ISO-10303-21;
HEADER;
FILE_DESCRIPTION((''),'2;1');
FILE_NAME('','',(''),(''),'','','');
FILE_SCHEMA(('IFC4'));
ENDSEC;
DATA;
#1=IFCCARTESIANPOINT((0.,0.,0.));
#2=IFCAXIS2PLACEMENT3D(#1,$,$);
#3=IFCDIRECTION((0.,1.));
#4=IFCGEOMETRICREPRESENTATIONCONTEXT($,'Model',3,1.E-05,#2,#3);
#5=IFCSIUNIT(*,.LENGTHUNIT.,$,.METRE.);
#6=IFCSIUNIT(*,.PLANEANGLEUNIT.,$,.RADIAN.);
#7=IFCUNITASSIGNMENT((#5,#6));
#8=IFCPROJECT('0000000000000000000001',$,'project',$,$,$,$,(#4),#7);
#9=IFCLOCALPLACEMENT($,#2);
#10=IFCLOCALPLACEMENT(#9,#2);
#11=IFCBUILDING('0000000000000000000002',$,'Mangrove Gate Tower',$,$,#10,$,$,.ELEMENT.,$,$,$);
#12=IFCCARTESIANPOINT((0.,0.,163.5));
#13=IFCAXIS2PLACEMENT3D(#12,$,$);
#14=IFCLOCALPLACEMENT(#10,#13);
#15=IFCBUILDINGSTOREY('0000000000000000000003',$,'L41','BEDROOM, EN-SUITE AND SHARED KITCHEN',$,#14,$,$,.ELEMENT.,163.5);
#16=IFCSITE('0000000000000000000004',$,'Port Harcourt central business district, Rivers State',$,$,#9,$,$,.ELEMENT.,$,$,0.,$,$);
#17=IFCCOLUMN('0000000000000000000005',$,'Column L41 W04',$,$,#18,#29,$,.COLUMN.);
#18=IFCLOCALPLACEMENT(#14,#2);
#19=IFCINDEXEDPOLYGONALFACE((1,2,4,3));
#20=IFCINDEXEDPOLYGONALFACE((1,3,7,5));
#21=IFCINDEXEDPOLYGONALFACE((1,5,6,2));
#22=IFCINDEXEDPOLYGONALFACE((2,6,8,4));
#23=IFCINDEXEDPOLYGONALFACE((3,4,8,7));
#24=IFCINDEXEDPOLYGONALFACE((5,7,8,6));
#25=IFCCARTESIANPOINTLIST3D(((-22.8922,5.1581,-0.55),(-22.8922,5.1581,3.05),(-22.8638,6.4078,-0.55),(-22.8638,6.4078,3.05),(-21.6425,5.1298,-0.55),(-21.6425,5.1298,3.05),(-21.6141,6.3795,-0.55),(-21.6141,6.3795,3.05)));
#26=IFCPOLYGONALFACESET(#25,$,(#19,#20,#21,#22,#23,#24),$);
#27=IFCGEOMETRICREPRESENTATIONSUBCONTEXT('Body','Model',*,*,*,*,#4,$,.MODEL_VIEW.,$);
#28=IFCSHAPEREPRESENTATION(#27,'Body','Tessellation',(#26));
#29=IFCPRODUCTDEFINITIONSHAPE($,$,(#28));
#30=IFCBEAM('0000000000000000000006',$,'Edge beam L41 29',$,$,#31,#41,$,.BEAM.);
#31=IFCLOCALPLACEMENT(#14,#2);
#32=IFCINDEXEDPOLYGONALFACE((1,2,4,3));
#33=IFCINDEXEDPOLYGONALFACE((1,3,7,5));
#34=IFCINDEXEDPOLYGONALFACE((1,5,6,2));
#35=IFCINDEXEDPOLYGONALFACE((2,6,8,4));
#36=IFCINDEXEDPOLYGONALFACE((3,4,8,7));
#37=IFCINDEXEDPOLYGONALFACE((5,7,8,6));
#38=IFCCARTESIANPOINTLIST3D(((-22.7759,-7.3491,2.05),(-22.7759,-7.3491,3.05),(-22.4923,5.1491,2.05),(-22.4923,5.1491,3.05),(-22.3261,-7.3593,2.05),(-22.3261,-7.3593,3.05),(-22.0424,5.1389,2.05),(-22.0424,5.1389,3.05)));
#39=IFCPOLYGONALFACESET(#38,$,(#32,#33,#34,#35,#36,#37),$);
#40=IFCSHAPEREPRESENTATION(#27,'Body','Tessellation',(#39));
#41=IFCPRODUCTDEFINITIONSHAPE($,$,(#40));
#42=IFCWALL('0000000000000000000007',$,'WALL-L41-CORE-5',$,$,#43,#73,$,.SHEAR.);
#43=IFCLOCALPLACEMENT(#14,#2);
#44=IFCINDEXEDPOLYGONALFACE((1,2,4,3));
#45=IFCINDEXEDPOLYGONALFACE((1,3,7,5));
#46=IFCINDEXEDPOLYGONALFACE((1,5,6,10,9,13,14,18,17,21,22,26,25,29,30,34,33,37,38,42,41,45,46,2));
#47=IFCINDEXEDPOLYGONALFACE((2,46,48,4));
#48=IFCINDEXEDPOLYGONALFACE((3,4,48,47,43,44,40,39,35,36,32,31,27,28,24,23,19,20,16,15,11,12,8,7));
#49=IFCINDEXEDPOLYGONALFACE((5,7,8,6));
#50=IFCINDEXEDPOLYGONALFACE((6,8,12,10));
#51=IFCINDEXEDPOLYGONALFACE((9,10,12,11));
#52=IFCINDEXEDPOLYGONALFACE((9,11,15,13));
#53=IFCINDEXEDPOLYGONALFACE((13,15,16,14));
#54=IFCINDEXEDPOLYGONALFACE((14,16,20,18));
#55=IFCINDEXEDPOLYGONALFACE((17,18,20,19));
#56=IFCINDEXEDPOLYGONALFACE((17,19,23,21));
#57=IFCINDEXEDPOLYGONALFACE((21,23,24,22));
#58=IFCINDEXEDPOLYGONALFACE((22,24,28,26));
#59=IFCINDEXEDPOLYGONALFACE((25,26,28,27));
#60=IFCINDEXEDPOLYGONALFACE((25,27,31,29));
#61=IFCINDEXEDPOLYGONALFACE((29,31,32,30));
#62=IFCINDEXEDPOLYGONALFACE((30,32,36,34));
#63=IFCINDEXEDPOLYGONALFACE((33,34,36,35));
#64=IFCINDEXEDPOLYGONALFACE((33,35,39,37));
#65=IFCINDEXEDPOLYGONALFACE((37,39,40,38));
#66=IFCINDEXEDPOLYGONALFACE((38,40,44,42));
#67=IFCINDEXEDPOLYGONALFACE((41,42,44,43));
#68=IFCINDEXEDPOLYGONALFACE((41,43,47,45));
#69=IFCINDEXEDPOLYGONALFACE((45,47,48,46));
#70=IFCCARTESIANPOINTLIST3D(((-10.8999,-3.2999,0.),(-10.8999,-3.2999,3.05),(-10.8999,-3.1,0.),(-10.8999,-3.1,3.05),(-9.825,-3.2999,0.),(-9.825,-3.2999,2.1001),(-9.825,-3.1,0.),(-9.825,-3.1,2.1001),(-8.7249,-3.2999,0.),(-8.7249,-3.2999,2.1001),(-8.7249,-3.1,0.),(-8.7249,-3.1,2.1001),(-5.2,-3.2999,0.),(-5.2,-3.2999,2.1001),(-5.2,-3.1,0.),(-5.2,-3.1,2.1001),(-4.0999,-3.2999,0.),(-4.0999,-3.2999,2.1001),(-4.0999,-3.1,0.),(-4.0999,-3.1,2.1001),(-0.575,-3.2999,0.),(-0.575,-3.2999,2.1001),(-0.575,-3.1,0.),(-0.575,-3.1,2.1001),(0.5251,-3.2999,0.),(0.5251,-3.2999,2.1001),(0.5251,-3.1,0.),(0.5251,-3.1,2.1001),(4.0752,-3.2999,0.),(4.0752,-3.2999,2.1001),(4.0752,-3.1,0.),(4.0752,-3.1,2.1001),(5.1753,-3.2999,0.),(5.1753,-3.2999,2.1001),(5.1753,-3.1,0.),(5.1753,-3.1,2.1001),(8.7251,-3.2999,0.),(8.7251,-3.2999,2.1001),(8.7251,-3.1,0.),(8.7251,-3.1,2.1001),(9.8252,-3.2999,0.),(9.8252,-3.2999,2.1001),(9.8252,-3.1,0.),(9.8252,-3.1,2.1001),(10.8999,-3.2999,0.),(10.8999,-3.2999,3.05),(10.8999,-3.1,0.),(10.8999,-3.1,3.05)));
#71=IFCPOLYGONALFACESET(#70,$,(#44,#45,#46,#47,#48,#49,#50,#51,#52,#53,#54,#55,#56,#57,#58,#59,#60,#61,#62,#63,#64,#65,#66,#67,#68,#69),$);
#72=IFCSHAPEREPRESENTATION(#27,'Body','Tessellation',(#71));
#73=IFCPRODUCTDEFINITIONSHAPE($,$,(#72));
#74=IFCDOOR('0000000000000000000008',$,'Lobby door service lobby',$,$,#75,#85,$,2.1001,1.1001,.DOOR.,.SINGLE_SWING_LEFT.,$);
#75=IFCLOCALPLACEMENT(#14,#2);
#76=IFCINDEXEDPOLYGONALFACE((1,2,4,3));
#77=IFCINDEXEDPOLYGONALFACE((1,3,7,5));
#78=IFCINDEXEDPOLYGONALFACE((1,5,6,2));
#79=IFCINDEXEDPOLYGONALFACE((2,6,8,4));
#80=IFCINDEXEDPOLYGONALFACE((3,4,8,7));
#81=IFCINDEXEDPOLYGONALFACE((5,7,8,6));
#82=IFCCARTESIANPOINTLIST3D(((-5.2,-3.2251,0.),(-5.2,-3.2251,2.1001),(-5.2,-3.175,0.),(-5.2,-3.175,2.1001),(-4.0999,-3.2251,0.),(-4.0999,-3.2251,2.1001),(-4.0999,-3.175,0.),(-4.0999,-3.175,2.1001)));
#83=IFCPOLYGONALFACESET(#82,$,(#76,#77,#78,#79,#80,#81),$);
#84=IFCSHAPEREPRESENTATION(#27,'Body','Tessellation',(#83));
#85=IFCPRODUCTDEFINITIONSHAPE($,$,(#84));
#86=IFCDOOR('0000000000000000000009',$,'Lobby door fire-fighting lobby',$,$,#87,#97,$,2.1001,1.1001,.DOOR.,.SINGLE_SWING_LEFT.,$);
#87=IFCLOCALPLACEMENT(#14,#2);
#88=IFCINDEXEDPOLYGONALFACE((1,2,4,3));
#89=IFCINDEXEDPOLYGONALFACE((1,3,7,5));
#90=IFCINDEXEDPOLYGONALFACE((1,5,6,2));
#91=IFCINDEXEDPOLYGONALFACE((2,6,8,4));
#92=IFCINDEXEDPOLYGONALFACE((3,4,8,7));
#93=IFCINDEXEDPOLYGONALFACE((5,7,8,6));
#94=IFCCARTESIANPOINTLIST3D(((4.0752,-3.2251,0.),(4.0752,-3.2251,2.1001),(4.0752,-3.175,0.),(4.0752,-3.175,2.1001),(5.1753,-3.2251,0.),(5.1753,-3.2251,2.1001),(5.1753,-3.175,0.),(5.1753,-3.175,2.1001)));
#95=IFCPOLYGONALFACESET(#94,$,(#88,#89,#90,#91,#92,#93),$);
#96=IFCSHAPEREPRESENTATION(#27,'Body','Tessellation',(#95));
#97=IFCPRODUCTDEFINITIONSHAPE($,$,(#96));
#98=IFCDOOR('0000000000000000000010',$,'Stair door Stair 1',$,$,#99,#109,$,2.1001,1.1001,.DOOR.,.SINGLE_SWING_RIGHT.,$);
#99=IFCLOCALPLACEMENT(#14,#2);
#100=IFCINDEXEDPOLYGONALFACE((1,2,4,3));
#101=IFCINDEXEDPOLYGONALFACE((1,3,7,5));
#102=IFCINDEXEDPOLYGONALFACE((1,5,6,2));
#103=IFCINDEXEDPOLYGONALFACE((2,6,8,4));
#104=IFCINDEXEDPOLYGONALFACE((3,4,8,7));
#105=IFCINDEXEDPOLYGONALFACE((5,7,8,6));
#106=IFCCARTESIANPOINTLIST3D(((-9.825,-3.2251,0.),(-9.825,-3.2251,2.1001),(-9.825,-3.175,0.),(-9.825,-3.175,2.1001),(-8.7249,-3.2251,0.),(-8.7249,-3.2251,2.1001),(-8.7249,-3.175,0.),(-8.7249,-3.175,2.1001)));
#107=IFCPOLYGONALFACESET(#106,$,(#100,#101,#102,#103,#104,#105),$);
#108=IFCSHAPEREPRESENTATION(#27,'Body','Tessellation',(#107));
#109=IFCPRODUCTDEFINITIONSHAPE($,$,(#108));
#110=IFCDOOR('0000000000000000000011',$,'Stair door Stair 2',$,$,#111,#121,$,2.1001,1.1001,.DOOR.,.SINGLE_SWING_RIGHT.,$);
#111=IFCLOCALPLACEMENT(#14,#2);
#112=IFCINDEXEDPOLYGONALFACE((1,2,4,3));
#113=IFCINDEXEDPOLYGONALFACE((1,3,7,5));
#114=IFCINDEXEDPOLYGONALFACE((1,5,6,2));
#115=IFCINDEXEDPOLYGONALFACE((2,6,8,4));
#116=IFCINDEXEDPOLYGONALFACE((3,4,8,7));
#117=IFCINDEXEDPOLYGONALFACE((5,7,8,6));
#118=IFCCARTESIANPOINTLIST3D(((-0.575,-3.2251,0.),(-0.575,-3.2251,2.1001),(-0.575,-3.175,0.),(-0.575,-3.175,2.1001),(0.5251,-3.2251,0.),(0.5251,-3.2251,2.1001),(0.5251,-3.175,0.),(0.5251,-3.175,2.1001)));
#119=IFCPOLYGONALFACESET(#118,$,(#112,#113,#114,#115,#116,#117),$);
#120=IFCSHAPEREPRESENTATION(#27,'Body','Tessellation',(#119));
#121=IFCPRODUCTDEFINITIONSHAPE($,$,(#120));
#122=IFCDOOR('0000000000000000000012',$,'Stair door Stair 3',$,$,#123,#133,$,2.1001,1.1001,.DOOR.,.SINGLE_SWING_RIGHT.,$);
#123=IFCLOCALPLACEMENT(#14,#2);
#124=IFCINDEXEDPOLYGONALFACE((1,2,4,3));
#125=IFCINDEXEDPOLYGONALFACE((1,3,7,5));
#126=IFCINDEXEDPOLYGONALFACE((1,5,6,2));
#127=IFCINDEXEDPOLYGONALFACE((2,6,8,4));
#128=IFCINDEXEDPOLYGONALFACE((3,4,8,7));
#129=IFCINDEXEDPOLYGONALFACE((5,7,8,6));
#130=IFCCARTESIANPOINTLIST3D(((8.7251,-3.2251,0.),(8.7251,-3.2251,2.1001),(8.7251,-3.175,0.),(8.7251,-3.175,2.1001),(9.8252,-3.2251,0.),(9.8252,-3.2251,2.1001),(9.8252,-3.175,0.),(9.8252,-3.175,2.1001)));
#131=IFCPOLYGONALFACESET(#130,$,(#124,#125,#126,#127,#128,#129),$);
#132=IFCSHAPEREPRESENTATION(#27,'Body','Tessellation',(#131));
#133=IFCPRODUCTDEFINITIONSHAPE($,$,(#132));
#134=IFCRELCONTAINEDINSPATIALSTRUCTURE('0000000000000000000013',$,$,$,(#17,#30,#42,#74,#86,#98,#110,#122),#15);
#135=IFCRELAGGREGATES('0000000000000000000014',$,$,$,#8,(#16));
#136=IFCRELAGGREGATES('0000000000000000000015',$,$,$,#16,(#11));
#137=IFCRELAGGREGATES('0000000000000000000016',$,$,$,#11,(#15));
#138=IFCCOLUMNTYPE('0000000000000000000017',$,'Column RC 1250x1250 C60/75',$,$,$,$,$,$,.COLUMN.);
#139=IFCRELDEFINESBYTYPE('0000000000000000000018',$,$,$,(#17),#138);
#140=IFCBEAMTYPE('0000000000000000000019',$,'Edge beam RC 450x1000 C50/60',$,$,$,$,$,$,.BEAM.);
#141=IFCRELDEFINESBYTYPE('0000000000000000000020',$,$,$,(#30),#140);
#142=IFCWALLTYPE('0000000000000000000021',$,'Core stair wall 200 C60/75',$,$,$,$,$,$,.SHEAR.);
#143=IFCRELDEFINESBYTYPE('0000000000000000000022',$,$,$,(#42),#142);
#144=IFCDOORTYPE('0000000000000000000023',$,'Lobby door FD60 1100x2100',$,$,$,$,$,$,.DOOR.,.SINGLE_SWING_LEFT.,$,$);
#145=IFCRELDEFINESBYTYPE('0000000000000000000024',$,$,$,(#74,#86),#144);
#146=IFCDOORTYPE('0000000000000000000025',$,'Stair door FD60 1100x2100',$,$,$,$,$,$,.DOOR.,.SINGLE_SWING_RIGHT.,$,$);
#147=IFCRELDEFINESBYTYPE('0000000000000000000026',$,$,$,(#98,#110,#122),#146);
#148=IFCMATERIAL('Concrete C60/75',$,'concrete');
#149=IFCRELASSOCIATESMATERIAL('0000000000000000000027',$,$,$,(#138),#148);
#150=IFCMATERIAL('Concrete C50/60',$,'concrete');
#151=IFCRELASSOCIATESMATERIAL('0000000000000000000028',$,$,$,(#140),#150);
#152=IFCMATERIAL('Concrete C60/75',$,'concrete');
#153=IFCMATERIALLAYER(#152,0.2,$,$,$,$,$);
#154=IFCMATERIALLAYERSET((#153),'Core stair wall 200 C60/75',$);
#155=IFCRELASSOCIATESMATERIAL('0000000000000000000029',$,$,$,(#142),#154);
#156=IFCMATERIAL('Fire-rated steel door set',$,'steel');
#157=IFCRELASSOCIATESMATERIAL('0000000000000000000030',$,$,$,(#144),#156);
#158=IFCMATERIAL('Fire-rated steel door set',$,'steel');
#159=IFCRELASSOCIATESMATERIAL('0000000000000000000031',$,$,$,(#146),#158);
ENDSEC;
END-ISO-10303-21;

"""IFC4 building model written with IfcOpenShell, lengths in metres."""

from ifc_helpers import new_model, si_unit, direction, frame, frame_2d, origin, origin_2d, place, context, subcontext, project, spatial, rectangle, extrude, material, layer, layer_set, material_profile, profile_set, type_object, element, fill, save


model = new_model("IFC4")

# Units and contexts
model_context = context("Model", 3, precision=1e-05, world=origin(), true_north=direction((0.0, 1.0)))
body_context = subcontext(model_context, "Body", "Model", "MODEL_VIEW")
ifc_project = project(units=[si_unit("LENGTHUNIT", "METRE"), si_unit("PLANEANGLEUNIT", "RADIAN")], contexts=[model_context])

# Site, building, storey
site_placement = place(None, origin())
site = spatial("IfcSite", under=ifc_project, at=site_placement, Name="Port Harcourt central business district, Rivers State", CompositionType="ELEMENT", RefElevation=0.0)
building_placement = place(site_placement, origin())
building = spatial("IfcBuilding", under=site, at=building_placement, Name="Mangrove Gate Tower", CompositionType="ELEMENT")
storey_placement = place(building_placement, frame((0.0, 0.0, 163.5)))
storey = spatial("IfcBuildingStorey", under=building, at=storey_placement, Name="L41", Description="BEDROOM, EN-SUITE AND SHARED KITCHEN", CompositionType="ELEMENT", Elevation=163.5)

# Column
ifc_material_1 = material(Name="Concrete C60/75", Category="concrete")
ifc_material_profile_1 = material_profile(ifc_material_1, rectangle(XDim=1.25, YDim=1.25, at=origin_2d()))
ifc_profile_set_1 = profile_set([ifc_material_profile_1], Name="Concrete C60/75")
column_type = type_object("IfcColumnType", Name="Column RC 1250x1250 C60/75", PredefinedType="COLUMN", material=ifc_profile_set_1)
column_placement = place(storey_placement, frame((-22.2532, 5.7688, -0.55), z_axis=(0.0, 0.0, 1.0), x_axis=(-0.022696, -0.999742, 0.0)))
element("IfcColumn", 1, at=column_placement, inside=storey, type_object=column_type, Name="Column L41 W04", PredefinedType="COLUMN", context=body_context, shape_type="SweptSolid", body=[
    extrude(rectangle(XDim=1.25, YDim=1.25, at=origin_2d()), origin(), (0.0, 0.0, 1.0), 3.6001),
])

# Beam
ifc_material_2 = material(Name="Concrete C50/60", Category="concrete")
ifc_material_profile_2 = material_profile(ifc_material_2, rectangle(XDim=0.45, YDim=1.0, at=origin_2d()))
ifc_profile_set_2 = profile_set([ifc_material_profile_2], Name="Concrete C50/60")
beam_type = type_object("IfcBeamType", Name="Edge beam RC 450x1000 C50/60", PredefinedType="BEAM", material=ifc_profile_set_2)
beam_placement = place(storey_placement, frame((-22.2673, 5.144, 2.55), z_axis=(-0.022693, -0.999742, 0.0), x_axis=(0.999742, -0.022693, 0.0)))
element("IfcBeam", 2, at=beam_placement, inside=storey, type_object=beam_type, Name="Edge beam L41 29", PredefinedType="BEAM", context=body_context, shape_type="SweptSolid", body=[
    extrude(rectangle(XDim=0.45, YDim=1.0, at=origin_2d()), origin(), (0.0, 0.0, 1.0), 12.5015),
])

# Wall, openings, doors
ifc_material_3 = material(Name="Concrete C60/75", Category="concrete")
ifc_layer_1 = layer(ifc_material_3, 0.2)
ifc_layer_set_1 = layer_set([ifc_layer_1], Name="Core stair wall 200 C60/75")
wall_type_1 = type_object("IfcWallType", Name="Core stair wall 200 C60/75", PredefinedType="SHEAR", material=ifc_layer_set_1)
wall_1_placement = place(storey_placement, frame((-10.8999, -3.2, 0.0), z_axis=(0.0, 0.0, 1.0), x_axis=(1.0, 0.0, 0.0)))
wall_1 = element("IfcWall", 3, at=wall_1_placement, inside=storey, type_object=wall_type_1, Name="WALL-L41-CORE-5", PredefinedType="SHEAR", context=body_context, shape_type="SweptSolid", body=[
    extrude(rectangle(XDim=21.7998, YDim=0.2, at=frame_2d((10.8999, 0.0))), origin(), (0.0, 0.0, 1.0), 3.05),
])
opening_1_placement = place(wall_1_placement, frame((1.075, 0.0, 0.0)))
opening_1 = element("IfcOpeningElement", 4, at=opening_1_placement, cuts=wall_1, PredefinedType="OPENING", context=body_context, shape_type="SweptSolid", body=[
    extrude(rectangle(XDim=1.1001, YDim=2.1001, at=frame_2d((0.55, 1.05))), frame((0.0, 0.1099, 0.0), z_axis=(0.0, -1.0, 0.0), x_axis=(1.0, 0.0, 0.0)), (0.0, 0.0, 1.0), 0.22),
])
opening_2_placement = place(wall_1_placement, frame((10.325, 0.0, 0.0)))
opening_2 = element("IfcOpeningElement", 5, at=opening_2_placement, cuts=wall_1, PredefinedType="OPENING", context=body_context, shape_type="SweptSolid", body=[
    extrude(rectangle(XDim=1.1001, YDim=2.1001, at=frame_2d((0.55, 1.05))), frame((0.0, 0.1099, 0.0), z_axis=(0.0, -1.0, 0.0), x_axis=(1.0, 0.0, 0.0)), (0.0, 0.0, 1.0), 0.22),
])
opening_3_placement = place(wall_1_placement, frame((19.625, 0.0, 0.0)))
opening_3 = element("IfcOpeningElement", 6, at=opening_3_placement, cuts=wall_1, PredefinedType="OPENING", context=body_context, shape_type="SweptSolid", body=[
    extrude(rectangle(XDim=1.1001, YDim=2.1001, at=frame_2d((0.55, 1.05))), frame((0.0, 0.1099, 0.0), z_axis=(0.0, -1.0, 0.0), x_axis=(1.0, 0.0, 0.0)), (0.0, 0.0, 1.0), 0.22),
])
opening_4_placement = place(wall_1_placement, frame((5.7, 0.0, 0.0)))
opening_4 = element("IfcOpeningElement", 7, at=opening_4_placement, cuts=wall_1, PredefinedType="OPENING", context=body_context, shape_type="SweptSolid", body=[
    extrude(rectangle(XDim=1.1001, YDim=2.1001, at=frame_2d((0.55, 1.05))), frame((0.0, 0.1099, 0.0), z_axis=(0.0, -1.0, 0.0), x_axis=(1.0, 0.0, 0.0)), (0.0, 0.0, 1.0), 0.22),
])
opening_5_placement = place(wall_1_placement, frame((14.9751, 0.0, 0.0)))
opening_5 = element("IfcOpeningElement", 8, at=opening_5_placement, cuts=wall_1, PredefinedType="OPENING", context=body_context, shape_type="SweptSolid", body=[
    extrude(rectangle(XDim=1.1001, YDim=2.1001, at=frame_2d((0.55, 1.05))), frame((0.0, 0.1099, 0.0), z_axis=(0.0, -1.0, 0.0), x_axis=(1.0, 0.0, 0.0)), (0.0, 0.0, 1.0), 0.22),
])
ifc_material_4 = material(Name="Fire-rated steel door set", Category="steel")
door_type_1 = type_object("IfcDoorType", Name="Lobby door FD60 1100x2100", OperationType="SINGLE_SWING_LEFT", PredefinedType="DOOR", material=ifc_material_4)
door_1_placement = place(opening_4_placement, origin())
door_1 = element("IfcDoor", 9, at=door_1_placement, inside=storey, type_object=door_type_1, Name="Lobby door service lobby", OperationType="SINGLE_SWING_LEFT", OverallHeight=2.1001, OverallWidth=1.1001, PredefinedType="DOOR", context=body_context, shape_type="SweptSolid", body=[
    extrude(rectangle(XDim=1.1001, YDim=2.1001, at=frame_2d((0.55, 1.05))), frame((0.0, 0.0249, 0.0), z_axis=(0.0, -1.0, 0.0), x_axis=(1.0, 0.0, 0.0)), (0.0, 0.0, 1.0), 0.05),
])
fill(opening_4, door_1)
door_2_placement = place(opening_5_placement, origin())
door_2 = element("IfcDoor", 10, at=door_2_placement, inside=storey, type_object=door_type_1, Name="Lobby door fire-fighting lobby", OperationType="SINGLE_SWING_LEFT", OverallHeight=2.1001, OverallWidth=1.1001, PredefinedType="DOOR", context=body_context, shape_type="SweptSolid", body=[
    extrude(rectangle(XDim=1.1001, YDim=2.1001, at=frame_2d((0.55, 1.05))), frame((0.0, 0.0249, 0.0), z_axis=(0.0, -1.0, 0.0), x_axis=(1.0, 0.0, 0.0)), (0.0, 0.0, 1.0), 0.05),
])
fill(opening_5, door_2)
ifc_material_5 = material(Name="Fire-rated steel door set", Category="steel")
door_type_2 = type_object("IfcDoorType", Name="Stair door FD60 1100x2100", OperationType="SINGLE_SWING_RIGHT", PredefinedType="DOOR", material=ifc_material_5)
door_3_placement = place(opening_1_placement, origin())
door_3 = element("IfcDoor", 11, at=door_3_placement, inside=storey, type_object=door_type_2, Name="Stair door Stair 1", OperationType="SINGLE_SWING_RIGHT", OverallHeight=2.1001, OverallWidth=1.1001, PredefinedType="DOOR", context=body_context, shape_type="SweptSolid", body=[
    extrude(rectangle(XDim=1.1001, YDim=2.1001, at=frame_2d((0.55, 1.05))), frame((0.0, 0.0249, 0.0), z_axis=(0.0, -1.0, 0.0), x_axis=(1.0, 0.0, 0.0)), (0.0, 0.0, 1.0), 0.05),
])
fill(opening_1, door_3)
door_4_placement = place(opening_2_placement, origin())
door_4 = element("IfcDoor", 12, at=door_4_placement, inside=storey, type_object=door_type_2, Name="Stair door Stair 2", OperationType="SINGLE_SWING_RIGHT", OverallHeight=2.1001, OverallWidth=1.1001, PredefinedType="DOOR", context=body_context, shape_type="SweptSolid", body=[
    extrude(rectangle(XDim=1.1001, YDim=2.1001, at=frame_2d((0.55, 1.05))), frame((0.0, 0.0249, 0.0), z_axis=(0.0, -1.0, 0.0), x_axis=(1.0, 0.0, 0.0)), (0.0, 0.0, 1.0), 0.05),
])
fill(opening_2, door_4)
door_5_placement = place(opening_3_placement, origin())
door_5 = element("IfcDoor", 13, at=door_5_placement, inside=storey, type_object=door_type_2, Name="Stair door Stair 3", OperationType="SINGLE_SWING_RIGHT", OverallHeight=2.1001, OverallWidth=1.1001, PredefinedType="DOOR", context=body_context, shape_type="SweptSolid", body=[
    extrude(rectangle(XDim=1.1001, YDim=2.1001, at=frame_2d((0.55, 1.05))), frame((0.0, 0.0249, 0.0), z_axis=(0.0, -1.0, 0.0), x_axis=(1.0, 0.0, 0.0)), (0.0, 0.0, 1.0), 0.05),
])
fill(opening_3, door_5)

save(model, "model.ifc")
